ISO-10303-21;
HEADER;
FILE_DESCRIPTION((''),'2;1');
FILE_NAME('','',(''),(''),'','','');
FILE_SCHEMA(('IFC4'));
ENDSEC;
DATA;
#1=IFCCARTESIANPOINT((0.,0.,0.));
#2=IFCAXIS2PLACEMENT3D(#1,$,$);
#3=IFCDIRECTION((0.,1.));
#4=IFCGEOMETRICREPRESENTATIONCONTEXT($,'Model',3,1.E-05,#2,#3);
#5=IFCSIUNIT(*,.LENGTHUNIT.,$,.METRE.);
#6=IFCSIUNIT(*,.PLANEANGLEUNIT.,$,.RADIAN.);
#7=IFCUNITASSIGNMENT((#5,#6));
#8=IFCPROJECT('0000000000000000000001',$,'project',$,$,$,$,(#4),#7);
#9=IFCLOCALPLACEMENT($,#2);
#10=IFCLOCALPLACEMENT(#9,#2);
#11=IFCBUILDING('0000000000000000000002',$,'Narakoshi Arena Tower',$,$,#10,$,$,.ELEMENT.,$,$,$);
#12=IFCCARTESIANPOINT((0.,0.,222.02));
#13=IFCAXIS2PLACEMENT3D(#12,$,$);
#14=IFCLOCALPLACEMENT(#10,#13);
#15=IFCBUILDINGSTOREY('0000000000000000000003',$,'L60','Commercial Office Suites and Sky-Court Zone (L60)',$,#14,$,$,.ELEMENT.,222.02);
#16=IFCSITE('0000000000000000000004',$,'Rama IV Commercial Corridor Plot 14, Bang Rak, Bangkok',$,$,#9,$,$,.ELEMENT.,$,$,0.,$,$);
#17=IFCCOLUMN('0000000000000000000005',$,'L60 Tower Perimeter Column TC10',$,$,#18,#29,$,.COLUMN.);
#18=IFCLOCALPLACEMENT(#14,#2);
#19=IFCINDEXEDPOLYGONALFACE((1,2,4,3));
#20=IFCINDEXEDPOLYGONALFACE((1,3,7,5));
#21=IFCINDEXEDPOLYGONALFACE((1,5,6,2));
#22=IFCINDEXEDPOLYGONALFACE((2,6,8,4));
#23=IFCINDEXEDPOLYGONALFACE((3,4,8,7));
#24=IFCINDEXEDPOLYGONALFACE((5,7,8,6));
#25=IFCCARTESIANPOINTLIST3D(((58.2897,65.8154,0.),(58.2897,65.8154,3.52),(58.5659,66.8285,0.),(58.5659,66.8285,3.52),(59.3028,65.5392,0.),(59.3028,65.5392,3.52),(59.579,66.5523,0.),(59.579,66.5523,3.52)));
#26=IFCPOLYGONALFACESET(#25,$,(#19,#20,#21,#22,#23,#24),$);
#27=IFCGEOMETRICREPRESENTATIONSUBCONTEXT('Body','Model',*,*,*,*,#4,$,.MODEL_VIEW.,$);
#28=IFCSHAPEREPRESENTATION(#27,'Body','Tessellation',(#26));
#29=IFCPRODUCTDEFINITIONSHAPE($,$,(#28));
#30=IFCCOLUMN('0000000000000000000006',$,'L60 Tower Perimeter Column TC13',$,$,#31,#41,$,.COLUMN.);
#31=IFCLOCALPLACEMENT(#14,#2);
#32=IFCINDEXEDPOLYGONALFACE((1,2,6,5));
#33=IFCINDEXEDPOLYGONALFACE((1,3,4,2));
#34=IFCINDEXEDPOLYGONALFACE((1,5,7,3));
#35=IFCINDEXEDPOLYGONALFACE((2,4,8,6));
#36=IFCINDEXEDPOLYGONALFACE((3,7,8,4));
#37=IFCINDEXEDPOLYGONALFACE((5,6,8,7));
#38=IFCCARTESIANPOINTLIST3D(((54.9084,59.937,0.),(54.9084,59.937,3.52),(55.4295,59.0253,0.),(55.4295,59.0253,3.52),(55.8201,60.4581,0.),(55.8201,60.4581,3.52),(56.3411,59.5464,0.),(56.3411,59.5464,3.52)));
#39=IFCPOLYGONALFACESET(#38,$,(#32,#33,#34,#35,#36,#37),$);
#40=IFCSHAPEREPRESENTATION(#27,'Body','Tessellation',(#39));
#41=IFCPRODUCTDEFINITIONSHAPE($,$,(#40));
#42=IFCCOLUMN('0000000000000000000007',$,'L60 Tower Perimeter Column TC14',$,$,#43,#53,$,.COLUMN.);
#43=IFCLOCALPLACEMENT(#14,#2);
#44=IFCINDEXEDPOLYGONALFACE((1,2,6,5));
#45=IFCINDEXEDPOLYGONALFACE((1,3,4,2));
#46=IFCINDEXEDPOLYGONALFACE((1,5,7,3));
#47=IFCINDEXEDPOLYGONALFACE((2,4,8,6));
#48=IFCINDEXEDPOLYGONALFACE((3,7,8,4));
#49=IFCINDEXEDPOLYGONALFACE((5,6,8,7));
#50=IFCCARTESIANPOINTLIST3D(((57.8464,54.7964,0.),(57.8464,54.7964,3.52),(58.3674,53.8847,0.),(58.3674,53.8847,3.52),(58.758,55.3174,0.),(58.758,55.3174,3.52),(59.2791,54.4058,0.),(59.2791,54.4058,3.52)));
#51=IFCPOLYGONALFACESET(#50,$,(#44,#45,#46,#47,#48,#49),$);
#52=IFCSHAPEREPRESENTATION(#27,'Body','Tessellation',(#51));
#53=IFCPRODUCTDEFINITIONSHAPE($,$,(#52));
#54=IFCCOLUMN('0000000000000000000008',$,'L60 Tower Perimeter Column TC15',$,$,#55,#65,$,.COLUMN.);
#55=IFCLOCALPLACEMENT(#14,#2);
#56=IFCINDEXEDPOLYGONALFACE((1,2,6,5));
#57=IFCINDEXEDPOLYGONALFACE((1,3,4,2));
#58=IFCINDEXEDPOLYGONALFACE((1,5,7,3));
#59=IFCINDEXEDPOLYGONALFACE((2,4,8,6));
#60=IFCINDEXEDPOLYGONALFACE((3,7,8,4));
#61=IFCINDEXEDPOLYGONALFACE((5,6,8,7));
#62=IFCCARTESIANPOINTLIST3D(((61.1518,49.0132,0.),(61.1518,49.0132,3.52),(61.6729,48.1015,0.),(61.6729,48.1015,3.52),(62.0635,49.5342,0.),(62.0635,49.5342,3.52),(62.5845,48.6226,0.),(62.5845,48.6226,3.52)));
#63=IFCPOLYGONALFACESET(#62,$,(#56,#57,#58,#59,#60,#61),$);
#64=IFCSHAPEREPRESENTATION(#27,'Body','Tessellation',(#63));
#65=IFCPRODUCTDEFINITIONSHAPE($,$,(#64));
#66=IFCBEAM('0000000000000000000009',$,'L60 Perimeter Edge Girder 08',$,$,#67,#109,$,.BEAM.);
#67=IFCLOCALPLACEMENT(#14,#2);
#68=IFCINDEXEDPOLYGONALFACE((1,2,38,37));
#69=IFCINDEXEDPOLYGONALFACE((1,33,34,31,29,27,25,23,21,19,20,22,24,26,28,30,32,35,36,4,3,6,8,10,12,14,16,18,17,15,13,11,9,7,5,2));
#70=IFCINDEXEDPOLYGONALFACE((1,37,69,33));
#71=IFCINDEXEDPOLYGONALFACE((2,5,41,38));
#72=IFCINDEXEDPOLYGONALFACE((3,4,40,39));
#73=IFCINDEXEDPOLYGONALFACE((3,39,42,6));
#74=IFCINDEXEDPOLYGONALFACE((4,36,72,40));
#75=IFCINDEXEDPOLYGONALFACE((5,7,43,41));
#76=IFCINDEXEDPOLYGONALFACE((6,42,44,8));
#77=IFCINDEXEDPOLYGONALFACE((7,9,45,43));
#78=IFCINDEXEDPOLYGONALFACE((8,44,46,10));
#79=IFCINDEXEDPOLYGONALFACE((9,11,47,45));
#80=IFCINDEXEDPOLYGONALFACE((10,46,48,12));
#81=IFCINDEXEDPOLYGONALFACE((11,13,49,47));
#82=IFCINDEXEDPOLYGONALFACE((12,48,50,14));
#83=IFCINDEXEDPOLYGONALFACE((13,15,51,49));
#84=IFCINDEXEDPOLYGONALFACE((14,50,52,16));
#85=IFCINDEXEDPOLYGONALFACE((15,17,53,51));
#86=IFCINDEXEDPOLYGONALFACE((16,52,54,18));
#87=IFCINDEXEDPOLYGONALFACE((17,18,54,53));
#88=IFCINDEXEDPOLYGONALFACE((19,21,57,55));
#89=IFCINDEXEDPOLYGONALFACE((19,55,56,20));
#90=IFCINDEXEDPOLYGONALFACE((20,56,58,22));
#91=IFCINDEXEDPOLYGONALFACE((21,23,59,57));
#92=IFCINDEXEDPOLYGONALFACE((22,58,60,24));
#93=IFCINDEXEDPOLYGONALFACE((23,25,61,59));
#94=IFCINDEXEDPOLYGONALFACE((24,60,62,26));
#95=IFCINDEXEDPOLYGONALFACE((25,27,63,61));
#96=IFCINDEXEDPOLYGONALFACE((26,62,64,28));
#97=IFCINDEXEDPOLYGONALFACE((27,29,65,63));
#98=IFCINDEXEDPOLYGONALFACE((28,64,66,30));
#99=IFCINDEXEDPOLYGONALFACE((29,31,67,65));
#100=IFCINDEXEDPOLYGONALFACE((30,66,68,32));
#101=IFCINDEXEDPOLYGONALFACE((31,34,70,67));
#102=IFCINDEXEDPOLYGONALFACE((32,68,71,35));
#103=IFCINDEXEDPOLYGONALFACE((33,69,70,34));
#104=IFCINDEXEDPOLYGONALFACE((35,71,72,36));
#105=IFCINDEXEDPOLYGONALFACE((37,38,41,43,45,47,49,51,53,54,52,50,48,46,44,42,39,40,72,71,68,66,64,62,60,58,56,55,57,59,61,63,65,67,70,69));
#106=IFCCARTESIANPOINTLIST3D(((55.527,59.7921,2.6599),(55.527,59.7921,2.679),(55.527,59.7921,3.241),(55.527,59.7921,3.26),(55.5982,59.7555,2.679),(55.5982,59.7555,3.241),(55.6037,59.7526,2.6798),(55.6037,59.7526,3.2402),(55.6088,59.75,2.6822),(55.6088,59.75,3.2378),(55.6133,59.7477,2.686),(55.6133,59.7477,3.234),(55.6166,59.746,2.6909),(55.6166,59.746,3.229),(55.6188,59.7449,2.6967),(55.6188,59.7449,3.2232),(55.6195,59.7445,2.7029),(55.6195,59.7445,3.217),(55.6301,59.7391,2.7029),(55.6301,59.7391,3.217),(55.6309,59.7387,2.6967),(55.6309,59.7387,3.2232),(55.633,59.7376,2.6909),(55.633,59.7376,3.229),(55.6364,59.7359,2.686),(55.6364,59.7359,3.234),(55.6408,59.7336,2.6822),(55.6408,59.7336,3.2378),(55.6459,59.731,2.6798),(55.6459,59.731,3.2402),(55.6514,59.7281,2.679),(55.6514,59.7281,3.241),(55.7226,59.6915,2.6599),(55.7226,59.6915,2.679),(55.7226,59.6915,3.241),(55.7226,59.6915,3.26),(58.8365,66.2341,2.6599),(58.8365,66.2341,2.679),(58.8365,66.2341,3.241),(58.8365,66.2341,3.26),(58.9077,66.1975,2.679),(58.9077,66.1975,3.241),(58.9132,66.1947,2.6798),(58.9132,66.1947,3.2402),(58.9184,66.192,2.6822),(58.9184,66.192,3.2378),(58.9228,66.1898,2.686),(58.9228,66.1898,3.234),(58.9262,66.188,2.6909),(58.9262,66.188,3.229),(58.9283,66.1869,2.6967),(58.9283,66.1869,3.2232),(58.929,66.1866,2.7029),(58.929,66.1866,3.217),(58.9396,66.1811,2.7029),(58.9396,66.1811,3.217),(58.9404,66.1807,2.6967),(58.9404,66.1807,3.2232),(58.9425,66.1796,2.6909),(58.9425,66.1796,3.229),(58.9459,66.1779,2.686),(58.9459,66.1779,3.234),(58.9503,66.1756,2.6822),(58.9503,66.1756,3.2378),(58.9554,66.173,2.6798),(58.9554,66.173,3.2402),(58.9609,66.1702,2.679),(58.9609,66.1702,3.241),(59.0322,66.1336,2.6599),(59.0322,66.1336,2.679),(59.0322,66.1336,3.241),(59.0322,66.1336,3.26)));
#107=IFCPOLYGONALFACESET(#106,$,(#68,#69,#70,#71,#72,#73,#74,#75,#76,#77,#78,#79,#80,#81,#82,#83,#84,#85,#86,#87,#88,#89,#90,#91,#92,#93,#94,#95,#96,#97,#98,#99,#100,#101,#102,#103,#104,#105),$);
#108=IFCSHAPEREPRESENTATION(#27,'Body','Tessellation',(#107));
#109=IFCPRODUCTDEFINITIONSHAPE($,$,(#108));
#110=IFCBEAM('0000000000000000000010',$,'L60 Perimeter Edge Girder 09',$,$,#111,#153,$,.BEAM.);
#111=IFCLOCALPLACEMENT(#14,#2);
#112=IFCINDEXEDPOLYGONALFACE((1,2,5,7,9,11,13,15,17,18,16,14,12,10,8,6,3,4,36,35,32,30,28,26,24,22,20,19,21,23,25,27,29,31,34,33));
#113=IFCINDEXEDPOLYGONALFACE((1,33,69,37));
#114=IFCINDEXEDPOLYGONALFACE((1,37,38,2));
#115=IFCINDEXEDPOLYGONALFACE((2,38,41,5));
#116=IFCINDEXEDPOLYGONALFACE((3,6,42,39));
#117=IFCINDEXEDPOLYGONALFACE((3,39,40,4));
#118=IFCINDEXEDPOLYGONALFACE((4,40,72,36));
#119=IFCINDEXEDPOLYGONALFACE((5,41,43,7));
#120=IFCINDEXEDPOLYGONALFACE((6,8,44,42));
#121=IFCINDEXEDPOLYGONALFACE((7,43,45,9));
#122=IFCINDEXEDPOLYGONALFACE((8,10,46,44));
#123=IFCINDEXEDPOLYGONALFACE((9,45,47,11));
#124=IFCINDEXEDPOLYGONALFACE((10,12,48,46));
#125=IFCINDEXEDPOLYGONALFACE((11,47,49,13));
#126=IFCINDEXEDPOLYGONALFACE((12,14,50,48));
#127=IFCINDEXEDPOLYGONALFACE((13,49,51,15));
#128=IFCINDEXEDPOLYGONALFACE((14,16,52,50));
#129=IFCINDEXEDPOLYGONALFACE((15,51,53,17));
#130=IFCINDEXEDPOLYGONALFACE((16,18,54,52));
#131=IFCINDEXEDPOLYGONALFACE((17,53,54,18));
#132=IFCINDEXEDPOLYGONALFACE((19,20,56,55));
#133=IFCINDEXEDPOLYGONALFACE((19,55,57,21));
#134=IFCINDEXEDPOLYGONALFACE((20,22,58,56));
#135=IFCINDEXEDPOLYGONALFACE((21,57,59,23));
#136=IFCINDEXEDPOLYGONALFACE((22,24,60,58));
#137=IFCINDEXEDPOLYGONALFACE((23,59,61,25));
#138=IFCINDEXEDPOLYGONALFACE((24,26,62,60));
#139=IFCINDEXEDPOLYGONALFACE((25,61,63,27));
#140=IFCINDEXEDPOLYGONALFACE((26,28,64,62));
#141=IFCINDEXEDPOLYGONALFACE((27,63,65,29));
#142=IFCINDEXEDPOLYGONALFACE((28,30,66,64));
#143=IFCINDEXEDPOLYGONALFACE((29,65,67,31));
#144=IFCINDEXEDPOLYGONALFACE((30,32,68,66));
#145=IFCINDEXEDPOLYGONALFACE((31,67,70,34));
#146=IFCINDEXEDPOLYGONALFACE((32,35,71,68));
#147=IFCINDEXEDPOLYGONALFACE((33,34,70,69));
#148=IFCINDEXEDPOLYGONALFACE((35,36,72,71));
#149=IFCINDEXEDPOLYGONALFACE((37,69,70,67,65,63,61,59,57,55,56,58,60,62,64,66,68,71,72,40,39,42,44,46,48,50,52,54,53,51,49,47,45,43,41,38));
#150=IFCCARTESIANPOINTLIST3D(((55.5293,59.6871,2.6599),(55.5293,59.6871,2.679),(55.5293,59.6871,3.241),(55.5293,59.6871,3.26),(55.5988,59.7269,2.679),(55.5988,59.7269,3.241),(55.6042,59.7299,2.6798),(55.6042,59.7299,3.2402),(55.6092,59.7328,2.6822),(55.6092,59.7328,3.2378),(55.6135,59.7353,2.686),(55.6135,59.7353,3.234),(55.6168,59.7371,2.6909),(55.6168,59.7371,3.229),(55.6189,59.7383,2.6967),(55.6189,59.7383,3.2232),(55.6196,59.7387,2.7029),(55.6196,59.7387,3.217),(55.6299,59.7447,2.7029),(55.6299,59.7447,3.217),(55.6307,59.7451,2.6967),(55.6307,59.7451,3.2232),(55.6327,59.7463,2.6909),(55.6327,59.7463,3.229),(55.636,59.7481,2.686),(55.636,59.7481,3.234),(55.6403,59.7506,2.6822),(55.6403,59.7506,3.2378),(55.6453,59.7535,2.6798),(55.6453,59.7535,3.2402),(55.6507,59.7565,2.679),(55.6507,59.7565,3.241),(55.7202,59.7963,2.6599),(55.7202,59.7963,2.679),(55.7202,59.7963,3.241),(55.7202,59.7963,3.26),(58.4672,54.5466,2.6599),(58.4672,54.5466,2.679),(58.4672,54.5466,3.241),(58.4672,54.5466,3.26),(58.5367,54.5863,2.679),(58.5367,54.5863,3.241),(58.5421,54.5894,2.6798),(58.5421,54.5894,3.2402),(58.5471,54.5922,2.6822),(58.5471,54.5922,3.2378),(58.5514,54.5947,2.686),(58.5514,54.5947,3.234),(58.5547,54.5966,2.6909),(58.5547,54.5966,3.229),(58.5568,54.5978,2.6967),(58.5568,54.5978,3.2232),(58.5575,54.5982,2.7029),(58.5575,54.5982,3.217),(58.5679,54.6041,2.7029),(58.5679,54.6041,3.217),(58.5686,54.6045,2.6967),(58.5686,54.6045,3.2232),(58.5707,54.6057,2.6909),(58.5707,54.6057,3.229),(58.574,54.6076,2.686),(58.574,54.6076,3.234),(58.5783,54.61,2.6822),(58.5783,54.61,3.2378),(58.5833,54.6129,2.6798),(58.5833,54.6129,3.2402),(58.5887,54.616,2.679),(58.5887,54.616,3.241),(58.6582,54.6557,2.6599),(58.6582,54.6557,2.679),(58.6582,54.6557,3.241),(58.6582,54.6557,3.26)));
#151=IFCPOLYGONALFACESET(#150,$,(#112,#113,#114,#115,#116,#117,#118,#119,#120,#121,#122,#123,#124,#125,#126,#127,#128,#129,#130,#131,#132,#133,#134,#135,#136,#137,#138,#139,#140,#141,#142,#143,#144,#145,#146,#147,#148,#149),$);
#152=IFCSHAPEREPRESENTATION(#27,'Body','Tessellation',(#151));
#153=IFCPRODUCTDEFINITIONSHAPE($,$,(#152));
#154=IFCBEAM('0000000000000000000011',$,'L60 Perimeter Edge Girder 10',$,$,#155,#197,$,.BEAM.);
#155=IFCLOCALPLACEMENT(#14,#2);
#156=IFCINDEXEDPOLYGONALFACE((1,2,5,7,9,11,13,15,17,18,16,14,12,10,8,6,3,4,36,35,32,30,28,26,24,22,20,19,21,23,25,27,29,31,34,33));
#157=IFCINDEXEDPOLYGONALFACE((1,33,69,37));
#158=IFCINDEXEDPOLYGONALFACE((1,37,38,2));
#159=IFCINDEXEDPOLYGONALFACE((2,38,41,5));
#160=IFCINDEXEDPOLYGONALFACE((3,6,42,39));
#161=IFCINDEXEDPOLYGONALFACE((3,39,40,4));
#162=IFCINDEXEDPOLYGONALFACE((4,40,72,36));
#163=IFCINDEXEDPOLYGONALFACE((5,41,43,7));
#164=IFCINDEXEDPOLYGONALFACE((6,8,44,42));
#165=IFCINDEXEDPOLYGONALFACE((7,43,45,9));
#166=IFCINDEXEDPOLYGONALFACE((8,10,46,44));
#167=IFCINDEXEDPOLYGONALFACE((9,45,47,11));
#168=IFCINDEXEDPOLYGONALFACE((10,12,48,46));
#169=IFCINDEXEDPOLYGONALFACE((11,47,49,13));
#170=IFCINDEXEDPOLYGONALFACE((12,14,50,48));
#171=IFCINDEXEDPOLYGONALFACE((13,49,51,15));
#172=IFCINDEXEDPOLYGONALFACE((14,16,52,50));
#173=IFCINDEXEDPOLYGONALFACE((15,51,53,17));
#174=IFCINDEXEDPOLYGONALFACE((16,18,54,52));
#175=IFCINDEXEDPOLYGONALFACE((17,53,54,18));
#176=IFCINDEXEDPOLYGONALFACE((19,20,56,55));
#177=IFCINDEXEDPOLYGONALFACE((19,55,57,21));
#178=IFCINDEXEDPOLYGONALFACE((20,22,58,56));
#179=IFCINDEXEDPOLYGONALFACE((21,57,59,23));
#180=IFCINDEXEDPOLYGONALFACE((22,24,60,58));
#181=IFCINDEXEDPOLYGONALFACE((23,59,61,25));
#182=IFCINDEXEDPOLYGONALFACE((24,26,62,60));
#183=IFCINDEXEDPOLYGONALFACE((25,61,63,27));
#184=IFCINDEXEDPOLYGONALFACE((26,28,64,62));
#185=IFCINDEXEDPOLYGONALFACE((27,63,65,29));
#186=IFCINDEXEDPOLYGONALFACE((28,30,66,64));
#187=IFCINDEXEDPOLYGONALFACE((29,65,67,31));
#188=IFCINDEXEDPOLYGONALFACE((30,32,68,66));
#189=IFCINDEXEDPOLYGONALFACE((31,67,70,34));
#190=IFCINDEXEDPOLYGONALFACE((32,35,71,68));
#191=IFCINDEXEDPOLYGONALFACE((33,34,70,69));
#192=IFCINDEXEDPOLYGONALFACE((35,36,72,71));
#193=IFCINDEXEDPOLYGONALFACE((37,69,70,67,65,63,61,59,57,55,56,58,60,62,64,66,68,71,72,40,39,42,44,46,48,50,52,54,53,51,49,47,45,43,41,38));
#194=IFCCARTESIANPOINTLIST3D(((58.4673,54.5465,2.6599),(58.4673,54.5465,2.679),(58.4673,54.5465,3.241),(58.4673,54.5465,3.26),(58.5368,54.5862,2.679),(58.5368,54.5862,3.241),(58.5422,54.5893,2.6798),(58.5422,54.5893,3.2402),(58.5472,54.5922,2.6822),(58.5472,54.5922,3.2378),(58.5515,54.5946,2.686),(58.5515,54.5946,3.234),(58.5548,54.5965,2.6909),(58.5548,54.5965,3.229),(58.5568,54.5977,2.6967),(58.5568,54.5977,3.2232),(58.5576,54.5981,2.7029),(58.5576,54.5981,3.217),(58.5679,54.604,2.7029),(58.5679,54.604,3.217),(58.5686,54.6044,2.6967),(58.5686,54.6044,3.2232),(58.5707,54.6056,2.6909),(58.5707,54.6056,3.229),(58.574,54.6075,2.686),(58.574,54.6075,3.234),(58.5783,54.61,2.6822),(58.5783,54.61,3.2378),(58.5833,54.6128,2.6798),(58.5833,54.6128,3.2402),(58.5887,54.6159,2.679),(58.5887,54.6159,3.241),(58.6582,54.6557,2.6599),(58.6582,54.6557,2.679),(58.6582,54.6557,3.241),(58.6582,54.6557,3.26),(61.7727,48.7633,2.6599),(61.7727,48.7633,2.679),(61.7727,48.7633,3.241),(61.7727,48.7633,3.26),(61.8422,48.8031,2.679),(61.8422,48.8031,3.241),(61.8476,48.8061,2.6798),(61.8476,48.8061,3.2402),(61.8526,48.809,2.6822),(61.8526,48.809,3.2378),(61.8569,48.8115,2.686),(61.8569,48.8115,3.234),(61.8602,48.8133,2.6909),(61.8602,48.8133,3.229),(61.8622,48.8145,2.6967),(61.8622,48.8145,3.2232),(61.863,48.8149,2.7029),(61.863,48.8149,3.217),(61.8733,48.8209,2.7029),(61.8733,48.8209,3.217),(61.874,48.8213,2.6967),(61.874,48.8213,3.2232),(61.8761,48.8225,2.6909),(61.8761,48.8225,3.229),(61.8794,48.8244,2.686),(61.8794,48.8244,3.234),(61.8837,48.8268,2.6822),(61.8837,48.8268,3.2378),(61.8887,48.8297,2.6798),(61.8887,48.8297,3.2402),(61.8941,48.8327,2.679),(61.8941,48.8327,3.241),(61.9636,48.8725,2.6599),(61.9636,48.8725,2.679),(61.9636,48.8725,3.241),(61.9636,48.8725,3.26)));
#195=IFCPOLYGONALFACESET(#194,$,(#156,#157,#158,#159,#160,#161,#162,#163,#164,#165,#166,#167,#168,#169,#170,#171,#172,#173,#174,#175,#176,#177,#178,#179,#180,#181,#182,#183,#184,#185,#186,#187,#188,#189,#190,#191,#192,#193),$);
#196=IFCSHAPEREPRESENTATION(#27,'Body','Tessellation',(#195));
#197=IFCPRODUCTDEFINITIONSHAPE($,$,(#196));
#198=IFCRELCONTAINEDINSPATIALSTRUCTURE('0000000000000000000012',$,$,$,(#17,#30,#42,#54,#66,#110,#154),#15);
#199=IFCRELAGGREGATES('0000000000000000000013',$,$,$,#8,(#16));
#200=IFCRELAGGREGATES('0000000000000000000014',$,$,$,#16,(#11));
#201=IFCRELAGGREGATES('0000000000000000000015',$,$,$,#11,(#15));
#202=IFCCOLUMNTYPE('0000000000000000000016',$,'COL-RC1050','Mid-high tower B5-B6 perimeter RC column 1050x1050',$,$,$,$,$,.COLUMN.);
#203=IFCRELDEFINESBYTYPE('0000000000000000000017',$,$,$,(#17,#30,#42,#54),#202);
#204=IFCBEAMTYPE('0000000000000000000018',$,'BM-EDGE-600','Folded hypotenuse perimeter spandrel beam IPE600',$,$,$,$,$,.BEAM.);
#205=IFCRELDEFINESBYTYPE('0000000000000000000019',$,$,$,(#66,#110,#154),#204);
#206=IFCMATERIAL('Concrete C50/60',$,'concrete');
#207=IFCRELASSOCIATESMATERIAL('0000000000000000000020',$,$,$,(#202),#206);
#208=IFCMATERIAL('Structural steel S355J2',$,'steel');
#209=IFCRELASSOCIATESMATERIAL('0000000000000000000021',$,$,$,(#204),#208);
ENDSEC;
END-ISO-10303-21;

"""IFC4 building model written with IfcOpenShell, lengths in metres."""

from ifc_helpers import new_model, si_unit, direction, frame, origin, origin_2d, place, context, subcontext, project, spatial, rectangle, i_section, extrude, material, material_profile, profile_set, type_object, element, save


model = new_model("IFC4")

# Units and contexts
model_context = context("Model", 3, precision=1e-05, world=origin(), true_north=direction((0.0, 1.0)))
body_context = subcontext(model_context, "Body", "Model", "MODEL_VIEW")
ifc_project = project(units=[si_unit("LENGTHUNIT", "METRE"), si_unit("PLANEANGLEUNIT", "RADIAN")], contexts=[model_context])

# Site, building, storey
site_placement = place(None, origin())
site = spatial("IfcSite", under=ifc_project, at=site_placement, Name="Rama IV Commercial Corridor Plot 14, Bang Rak, Bangkok", CompositionType="ELEMENT", RefElevation=0.0)
building_placement = place(site_placement, origin())
building = spatial("IfcBuilding", under=site, at=building_placement, Name="Narakoshi Arena Tower", CompositionType="ELEMENT")
storey_placement = place(building_placement, frame((0.0, 0.0, 222.02)))
storey = spatial("IfcBuildingStorey", under=building, at=storey_placement, Name="L60", Description="Commercial Office Suites and Sky-Court Zone (L60)", CompositionType="ELEMENT", Elevation=222.02)

# Columns
ifc_material_1 = material(Name="Concrete C50/60", Category="concrete")
ifc_material_profile_1 = material_profile(ifc_material_1, rectangle(XDim=1.05, YDim=1.05, at=origin_2d()), Name="RC1050x1050")
ifc_profile_set_1 = profile_set([ifc_material_profile_1], Name="Concrete C50/60")
column_type = type_object("IfcColumnType", Name="COL-RC1050", Description="Mid-high tower B5-B6 perimeter RC column 1050x1050", PredefinedType="COLUMN", material=ifc_profile_set_1)
for number, where, z_axis, x_axis, name in (
    (1, (58.9343, 66.1838, 0.0), (0.0, 0.0, 1.0), (0.263031, 0.964787, 0.0), "L60 Tower Perimeter Column TC10"),
    (2, (55.6248, 59.7417, 0.0), (0.0, 0.0, 1.0), (-0.496217, 0.868199, 0.0), "L60 Tower Perimeter Column TC13"),
    (3, (58.5627, 54.6011, 0.0), (0.0, 0.0, 1.0), (-0.496217, 0.868199, 0.0), "L60 Tower Perimeter Column TC14"),
    (4, (61.8682, 48.8179, 0.0), (0.0, 0.0, 1.0), (-0.496217, 0.868199, 0.0), "L60 Tower Perimeter Column TC15"),
):
    element("IfcColumn", number, at=place(storey_placement, frame(where, z_axis=z_axis, x_axis=x_axis)), inside=storey, type_object=column_type, Name=name, PredefinedType="COLUMN", context=body_context, shape_type="SweptSolid", body=[
        extrude(rectangle(XDim=1.05, YDim=1.05, at=origin_2d()), origin(), (0.0, 0.0, 1.0), 3.52),
    ])

# Beams
ifc_material_2 = material(Name="Structural steel S355J2", Category="steel")
ifc_material_profile_2 = material_profile(ifc_material_2, i_section(OverallWidth=0.22, OverallDepth=0.6001, WebThickness=0.012, FlangeThickness=0.019, FilletRadius=0.0239, at=origin_2d()), Name="IPE600")
ifc_profile_set_2 = profile_set([ifc_material_profile_2], Name="Structural steel S355J2")
beam_type_1 = type_object("IfcBeamType", Name="BM-EDGE-600", Description="Folded hypotenuse perimeter spandrel beam IPE600", PredefinedType="BEAM", material=ifc_profile_set_2)
beam_1_placement = place(storey_placement, frame((58.9343, 66.1838, 2.96), z_axis=(-0.456963, -0.889486, 0.0), x_axis=(0.889486, -0.456963, 0.0)))
element("IfcBeam", 5, at=beam_1_placement, inside=storey, type_object=beam_type_1, Name="L60 Perimeter Edge Girder 08", PredefinedType="BEAM", context=body_context, shape_type="SweptSolid", body=[
    extrude(i_section(OverallWidth=0.22, OverallDepth=0.6001, WebThickness=0.012, FlangeThickness=0.019, FilletRadius=0.0239, at=origin_2d()), origin(), (0.0, 0.0, 1.0), 7.2424),
])
beam_2_placement = place(storey_placement, frame((55.6248, 59.7417, 2.96), z_axis=(0.496201, -0.868208, 0.0), x_axis=(0.868208, 0.496201, 0.0)))
element("IfcBeam", 6, at=beam_2_placement, inside=storey, type_object=beam_type_1, Name="L60 Perimeter Edge Girder 09", PredefinedType="BEAM", context=body_context, shape_type="SweptSolid", body=[
    extrude(i_section(OverallWidth=0.22, OverallDepth=0.6001, WebThickness=0.012, FlangeThickness=0.019, FilletRadius=0.0239, at=origin_2d()), origin(), (0.0, 0.0, 1.0), 5.9209),
])
for number, where, z_axis, x_axis, name in (
    (7, (58.5627, 54.6011, 2.96), (0.496222, -0.868196, 0.0), (0.868196, 0.496222, 0.0), "L60 Perimeter Edge Girder 10"),
):
    element("IfcBeam", number, at=place(storey_placement, frame(where, z_axis=z_axis, x_axis=x_axis)), inside=storey, type_object=beam_type_1, Name=name, PredefinedType="BEAM", context=body_context, shape_type="SweptSolid", body=[
        extrude(i_section(OverallWidth=0.22, OverallDepth=0.6001, WebThickness=0.012, FlangeThickness=0.019, FilletRadius=0.0239, at=origin_2d()), origin(), (0.0, 0.0, 1.0), 6.6611),
    ])

save(model, "model.ifc")
